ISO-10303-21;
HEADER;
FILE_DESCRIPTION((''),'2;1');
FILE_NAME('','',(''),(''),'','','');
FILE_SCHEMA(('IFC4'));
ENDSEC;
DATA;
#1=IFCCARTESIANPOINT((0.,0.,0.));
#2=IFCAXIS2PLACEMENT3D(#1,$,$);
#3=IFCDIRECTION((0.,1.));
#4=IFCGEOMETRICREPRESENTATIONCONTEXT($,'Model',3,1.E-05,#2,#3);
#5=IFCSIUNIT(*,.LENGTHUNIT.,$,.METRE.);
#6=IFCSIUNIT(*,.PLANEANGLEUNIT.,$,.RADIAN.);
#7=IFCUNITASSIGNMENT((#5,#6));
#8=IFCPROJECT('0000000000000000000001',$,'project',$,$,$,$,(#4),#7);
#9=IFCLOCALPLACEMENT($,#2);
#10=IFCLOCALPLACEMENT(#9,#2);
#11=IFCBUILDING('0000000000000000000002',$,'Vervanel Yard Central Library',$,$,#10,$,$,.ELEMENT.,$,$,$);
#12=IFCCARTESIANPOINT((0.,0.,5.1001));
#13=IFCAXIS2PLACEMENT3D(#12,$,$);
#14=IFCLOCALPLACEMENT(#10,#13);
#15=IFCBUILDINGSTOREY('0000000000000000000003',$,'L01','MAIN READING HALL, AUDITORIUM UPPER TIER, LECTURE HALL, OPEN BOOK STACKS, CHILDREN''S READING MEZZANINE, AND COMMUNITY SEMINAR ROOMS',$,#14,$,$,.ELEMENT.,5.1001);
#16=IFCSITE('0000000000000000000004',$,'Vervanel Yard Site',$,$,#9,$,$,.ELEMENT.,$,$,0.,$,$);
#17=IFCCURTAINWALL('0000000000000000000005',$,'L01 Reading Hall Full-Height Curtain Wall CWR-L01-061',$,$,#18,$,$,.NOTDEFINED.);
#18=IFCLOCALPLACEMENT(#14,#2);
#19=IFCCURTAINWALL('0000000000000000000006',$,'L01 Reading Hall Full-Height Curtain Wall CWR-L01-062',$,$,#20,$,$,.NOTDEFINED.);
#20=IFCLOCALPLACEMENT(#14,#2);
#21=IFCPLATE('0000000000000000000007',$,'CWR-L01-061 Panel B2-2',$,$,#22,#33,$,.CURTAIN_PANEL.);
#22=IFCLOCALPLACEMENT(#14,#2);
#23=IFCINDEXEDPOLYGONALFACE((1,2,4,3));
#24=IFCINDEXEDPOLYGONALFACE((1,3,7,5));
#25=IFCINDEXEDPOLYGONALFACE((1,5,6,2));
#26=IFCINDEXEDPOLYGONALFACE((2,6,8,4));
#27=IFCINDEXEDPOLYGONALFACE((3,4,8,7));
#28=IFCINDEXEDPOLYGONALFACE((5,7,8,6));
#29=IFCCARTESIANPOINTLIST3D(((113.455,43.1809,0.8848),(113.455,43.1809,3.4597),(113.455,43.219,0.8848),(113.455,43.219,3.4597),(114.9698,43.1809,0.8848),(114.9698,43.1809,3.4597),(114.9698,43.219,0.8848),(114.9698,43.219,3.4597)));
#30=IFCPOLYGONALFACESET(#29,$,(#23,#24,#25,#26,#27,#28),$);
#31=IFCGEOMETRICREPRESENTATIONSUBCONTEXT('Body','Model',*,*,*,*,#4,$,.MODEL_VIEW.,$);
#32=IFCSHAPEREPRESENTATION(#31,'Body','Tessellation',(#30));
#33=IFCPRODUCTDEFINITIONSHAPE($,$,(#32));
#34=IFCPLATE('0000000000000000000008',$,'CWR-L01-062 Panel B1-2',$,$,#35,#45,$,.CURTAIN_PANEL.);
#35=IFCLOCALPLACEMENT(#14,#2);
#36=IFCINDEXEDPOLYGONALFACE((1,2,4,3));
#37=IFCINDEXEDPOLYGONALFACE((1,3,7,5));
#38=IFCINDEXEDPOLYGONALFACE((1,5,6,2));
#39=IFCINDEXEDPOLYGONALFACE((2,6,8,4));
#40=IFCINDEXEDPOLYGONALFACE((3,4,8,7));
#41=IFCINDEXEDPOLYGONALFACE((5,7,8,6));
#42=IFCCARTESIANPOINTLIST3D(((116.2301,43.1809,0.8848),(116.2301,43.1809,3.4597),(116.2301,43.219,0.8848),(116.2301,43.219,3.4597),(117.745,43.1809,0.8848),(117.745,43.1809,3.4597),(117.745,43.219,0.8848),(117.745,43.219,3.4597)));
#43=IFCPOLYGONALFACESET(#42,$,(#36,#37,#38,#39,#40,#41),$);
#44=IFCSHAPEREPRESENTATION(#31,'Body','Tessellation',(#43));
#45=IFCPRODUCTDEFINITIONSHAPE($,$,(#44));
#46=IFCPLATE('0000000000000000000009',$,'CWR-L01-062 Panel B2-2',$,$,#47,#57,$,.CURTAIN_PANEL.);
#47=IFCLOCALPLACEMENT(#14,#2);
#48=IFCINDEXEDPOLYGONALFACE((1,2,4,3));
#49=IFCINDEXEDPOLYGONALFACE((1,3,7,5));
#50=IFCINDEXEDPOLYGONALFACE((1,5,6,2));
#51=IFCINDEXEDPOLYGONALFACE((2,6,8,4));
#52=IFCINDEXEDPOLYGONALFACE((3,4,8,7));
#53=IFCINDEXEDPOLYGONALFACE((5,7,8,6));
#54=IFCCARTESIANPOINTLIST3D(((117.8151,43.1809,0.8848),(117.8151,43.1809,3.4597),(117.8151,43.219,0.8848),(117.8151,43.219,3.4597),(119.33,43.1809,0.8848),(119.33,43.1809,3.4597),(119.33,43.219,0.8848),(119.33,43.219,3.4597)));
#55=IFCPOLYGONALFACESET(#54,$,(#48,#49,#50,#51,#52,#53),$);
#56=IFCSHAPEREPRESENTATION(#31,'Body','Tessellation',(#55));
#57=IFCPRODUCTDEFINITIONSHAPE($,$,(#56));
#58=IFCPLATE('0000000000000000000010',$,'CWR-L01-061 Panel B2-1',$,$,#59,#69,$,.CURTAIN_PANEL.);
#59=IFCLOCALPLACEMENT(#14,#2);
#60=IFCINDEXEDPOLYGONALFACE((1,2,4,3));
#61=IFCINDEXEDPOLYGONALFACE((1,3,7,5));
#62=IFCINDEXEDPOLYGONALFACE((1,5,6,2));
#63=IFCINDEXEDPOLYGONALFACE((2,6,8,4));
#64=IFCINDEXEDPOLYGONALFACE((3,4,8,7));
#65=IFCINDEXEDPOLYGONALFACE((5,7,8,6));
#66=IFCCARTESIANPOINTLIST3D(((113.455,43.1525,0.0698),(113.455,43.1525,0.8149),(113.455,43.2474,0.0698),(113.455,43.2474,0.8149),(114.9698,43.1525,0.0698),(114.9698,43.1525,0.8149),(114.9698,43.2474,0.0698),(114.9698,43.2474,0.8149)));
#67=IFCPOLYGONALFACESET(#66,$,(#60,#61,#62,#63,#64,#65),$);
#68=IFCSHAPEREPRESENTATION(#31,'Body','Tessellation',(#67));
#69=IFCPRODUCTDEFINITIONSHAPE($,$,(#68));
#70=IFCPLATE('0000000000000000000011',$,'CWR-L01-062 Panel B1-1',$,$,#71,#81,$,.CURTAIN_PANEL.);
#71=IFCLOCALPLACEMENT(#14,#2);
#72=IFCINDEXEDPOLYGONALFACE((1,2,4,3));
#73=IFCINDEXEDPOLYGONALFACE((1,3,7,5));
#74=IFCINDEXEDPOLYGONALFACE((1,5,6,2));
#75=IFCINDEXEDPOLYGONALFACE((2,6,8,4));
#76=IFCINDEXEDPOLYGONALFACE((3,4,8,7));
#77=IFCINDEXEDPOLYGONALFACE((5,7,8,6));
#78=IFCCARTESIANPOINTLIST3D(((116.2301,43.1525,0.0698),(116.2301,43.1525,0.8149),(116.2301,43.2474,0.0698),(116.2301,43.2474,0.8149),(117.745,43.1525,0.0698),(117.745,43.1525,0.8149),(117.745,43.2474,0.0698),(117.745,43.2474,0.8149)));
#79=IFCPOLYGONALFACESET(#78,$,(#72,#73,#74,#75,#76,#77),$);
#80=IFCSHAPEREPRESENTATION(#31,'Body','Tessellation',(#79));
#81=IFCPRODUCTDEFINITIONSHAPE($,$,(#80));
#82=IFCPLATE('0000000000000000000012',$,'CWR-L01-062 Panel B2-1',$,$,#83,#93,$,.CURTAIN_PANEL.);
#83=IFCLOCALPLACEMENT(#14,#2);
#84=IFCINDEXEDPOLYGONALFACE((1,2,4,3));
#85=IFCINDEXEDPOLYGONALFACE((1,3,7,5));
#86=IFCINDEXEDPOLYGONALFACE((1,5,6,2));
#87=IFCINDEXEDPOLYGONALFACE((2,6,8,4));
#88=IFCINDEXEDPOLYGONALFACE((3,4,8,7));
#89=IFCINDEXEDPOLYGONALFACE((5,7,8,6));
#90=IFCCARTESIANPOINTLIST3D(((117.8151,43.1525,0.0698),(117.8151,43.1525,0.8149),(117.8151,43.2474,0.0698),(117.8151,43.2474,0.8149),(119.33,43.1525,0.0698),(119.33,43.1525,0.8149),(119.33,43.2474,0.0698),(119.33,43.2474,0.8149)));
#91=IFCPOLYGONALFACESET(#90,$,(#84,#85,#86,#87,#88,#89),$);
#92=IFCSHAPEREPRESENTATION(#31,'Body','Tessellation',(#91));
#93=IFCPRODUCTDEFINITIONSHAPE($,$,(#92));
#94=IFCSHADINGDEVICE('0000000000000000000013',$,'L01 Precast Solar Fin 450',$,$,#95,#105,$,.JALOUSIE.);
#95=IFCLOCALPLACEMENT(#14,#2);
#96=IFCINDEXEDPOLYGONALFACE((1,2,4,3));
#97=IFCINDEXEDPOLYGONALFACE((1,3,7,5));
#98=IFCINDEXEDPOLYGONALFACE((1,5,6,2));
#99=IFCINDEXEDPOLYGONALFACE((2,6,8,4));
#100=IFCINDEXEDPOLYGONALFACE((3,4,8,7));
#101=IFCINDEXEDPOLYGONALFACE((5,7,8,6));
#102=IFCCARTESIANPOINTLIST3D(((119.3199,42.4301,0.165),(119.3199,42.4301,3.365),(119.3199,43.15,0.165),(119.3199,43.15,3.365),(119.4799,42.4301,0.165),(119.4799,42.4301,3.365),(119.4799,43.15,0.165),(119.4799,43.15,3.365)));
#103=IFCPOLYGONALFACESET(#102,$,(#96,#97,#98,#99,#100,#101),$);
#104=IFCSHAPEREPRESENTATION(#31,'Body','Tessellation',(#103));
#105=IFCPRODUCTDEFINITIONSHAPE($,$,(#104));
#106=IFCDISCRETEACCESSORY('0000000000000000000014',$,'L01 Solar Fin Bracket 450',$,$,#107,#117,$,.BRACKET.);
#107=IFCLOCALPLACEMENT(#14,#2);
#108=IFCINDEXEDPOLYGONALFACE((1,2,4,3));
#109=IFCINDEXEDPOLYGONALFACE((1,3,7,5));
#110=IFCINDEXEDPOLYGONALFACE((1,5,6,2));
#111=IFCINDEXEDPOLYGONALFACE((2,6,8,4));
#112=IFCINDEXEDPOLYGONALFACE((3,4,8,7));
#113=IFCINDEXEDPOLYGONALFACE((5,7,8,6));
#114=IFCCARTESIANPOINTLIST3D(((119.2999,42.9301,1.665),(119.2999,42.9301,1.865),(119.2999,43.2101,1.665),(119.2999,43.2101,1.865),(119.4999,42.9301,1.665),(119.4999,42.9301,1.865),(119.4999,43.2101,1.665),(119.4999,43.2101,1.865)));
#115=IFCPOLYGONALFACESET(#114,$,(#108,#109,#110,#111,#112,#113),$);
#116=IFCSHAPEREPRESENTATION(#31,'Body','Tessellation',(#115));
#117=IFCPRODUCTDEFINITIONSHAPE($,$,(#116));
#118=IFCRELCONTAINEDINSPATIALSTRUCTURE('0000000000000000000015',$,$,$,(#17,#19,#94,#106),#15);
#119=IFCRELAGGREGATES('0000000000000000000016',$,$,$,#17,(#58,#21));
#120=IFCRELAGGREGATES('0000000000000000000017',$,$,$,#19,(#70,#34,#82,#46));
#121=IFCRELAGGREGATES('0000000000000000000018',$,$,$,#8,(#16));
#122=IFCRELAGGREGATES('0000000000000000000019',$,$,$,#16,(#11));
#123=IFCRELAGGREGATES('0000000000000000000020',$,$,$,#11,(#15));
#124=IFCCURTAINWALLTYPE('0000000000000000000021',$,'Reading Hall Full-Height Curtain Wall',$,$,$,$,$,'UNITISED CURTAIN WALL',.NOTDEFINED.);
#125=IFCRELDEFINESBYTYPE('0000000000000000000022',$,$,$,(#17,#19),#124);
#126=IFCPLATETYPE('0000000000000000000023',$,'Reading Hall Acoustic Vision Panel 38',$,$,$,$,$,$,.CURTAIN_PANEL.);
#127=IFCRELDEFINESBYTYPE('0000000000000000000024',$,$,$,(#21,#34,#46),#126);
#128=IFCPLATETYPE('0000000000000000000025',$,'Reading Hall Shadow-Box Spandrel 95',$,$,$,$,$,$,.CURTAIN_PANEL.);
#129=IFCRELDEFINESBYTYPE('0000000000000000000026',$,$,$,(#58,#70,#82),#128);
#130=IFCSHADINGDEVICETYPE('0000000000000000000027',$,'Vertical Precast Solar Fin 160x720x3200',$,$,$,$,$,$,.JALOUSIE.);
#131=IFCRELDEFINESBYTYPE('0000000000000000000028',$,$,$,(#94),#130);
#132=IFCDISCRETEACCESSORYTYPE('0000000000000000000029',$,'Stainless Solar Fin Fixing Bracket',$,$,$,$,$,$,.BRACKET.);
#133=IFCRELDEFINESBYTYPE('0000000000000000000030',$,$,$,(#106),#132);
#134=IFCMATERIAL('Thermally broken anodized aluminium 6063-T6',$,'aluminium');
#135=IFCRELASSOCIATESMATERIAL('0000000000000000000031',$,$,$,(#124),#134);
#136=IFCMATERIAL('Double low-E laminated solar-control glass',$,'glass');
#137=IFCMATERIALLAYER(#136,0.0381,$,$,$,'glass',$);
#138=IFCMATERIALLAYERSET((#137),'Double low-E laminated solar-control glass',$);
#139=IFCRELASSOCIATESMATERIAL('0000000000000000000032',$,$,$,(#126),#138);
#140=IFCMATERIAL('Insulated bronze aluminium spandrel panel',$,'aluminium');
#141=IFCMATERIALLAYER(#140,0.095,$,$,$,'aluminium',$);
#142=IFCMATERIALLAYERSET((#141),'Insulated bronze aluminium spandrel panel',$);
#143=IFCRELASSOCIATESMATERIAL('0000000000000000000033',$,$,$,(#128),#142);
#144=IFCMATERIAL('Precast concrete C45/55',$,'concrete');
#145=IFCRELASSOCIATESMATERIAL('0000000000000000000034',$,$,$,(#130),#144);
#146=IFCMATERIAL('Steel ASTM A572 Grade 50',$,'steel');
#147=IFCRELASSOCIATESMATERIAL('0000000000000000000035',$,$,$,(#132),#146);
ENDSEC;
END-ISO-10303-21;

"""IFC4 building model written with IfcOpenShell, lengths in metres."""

from ifc_helpers import new_model, si_unit, direction, frame, origin, origin_2d, place, context, subcontext, project, spatial, rectangle, extrude, material, layer, layer_set, type_object, element, aggregate, save


model = new_model("IFC4")

# Units and contexts
model_context = context("Model", 3, precision=1e-05, world=origin(), true_north=direction((0.0, 1.0)))
body_context = subcontext(model_context, "Body", "Model", "MODEL_VIEW")
ifc_project = project(units=[si_unit("LENGTHUNIT", "METRE"), si_unit("PLANEANGLEUNIT", "RADIAN")], contexts=[model_context])

# Site, building, storey
site_placement = place(None, origin())
site = spatial("IfcSite", under=ifc_project, at=site_placement, Name="Vervanel Yard Site", CompositionType="ELEMENT", RefElevation=0.0)
building_placement = place(site_placement, origin())
building = spatial("IfcBuilding", under=site, at=building_placement, Name="Vervanel Yard Central Library", CompositionType="ELEMENT")
storey_placement = place(building_placement, frame((0.0, 0.0, 5.1001)))
storey = spatial("IfcBuildingStorey", under=building, at=storey_placement, Name="L01", Description="MAIN READING HALL, AUDITORIUM UPPER TIER, LECTURE HALL, OPEN BOOK STACKS, CHILDREN'S READING MEZZANINE, AND COMMUNITY SEMINAR ROOMS", CompositionType="ELEMENT", Elevation=5.1001)

# Curtain wall
ifc_material_1 = material(Name="Thermally broken anodized aluminium 6063-T6", Category="aluminium")
curtain_wall_type = type_object("IfcCurtainWallType", Name="Reading Hall Full-Height Curtain Wall", ElementType="UNITISED CURTAIN WALL", PredefinedType="NOTDEFINED", material=ifc_material_1)
curtain_wall_1_placement = place(storey_placement, origin())
curtain_wall_1 = element("IfcCurtainWall", 1, at=curtain_wall_1_placement, inside=storey, type_object=curtain_wall_type, Name="L01 Reading Hall Full-Height Curtain Wall CWR-L01-061", PredefinedType="NOTDEFINED")

# Curtain wall
curtain_wall_2_placement = place(storey_placement, origin())
curtain_wall_2 = element("IfcCurtainWall", 2, at=curtain_wall_2_placement, inside=storey, type_object=curtain_wall_type, Name="L01 Reading Hall Full-Height Curtain Wall CWR-L01-062", PredefinedType="NOTDEFINED")

# Plates
ifc_material_2 = material(Name="Double low-E laminated solar-control glass", Category="glass")
ifc_layer_1 = layer(ifc_material_2, 0.0381, Category="glass")
ifc_layer_set_1 = layer_set([ifc_layer_1], Name="Double low-E laminated solar-control glass")
plate_type_1 = type_object("IfcPlateType", Name="Reading Hall Acoustic Vision Panel 38", PredefinedType="CURTAIN_PANEL", material=ifc_layer_set_1)
plate_1_placement = place(storey_placement, frame((114.2124, 43.2, 0.8848), z_axis=(0.0, 0.0, 1.0), x_axis=(1.0, 0.0, 0.0)))
plate_1 = element("IfcPlate", 3, at=plate_1_placement, type_object=plate_type_1, Name="CWR-L01-061 Panel B2-2", PredefinedType="CURTAIN_PANEL", context=body_context, shape_type="SweptSolid", body=[
    extrude(rectangle(XDim=1.5149, YDim=0.0381, at=origin_2d()), origin(), (0.0, 0.0, 1.0), 2.575),
])
plate_2_placement = place(storey_placement, frame((116.9875, 43.2, 0.8848), z_axis=(0.0, 0.0, 1.0), x_axis=(1.0, 0.0, 0.0)))
plate_2 = element("IfcPlate", 4, at=plate_2_placement, type_object=plate_type_1, Name="CWR-L01-062 Panel B1-2", PredefinedType="CURTAIN_PANEL", context=body_context, shape_type="SweptSolid", body=[
    extrude(rectangle(XDim=1.5149, YDim=0.0381, at=origin_2d()), origin(), (0.0, 0.0, 1.0), 2.575),
])
plate_3_placement = place(storey_placement, frame((118.5725, 43.2, 0.8848), z_axis=(0.0, 0.0, 1.0), x_axis=(1.0, 0.0, 0.0)))
plate_3 = element("IfcPlate", 5, at=plate_3_placement, type_object=plate_type_1, Name="CWR-L01-062 Panel B2-2", PredefinedType="CURTAIN_PANEL", context=body_context, shape_type="SweptSolid", body=[
    extrude(rectangle(XDim=1.5149, YDim=0.0381, at=origin_2d()), origin(), (0.0, 0.0, 1.0), 2.575),
])
ifc_material_3 = material(Name="Insulated bronze aluminium spandrel panel", Category="aluminium")
ifc_layer_2 = layer(ifc_material_3, 0.095, Category="aluminium")
ifc_layer_set_2 = layer_set([ifc_layer_2], Name="Insulated bronze aluminium spandrel panel")
plate_type_2 = type_object("IfcPlateType", Name="Reading Hall Shadow-Box Spandrel 95", PredefinedType="CURTAIN_PANEL", material=ifc_layer_set_2)
plate_4_placement = place(storey_placement, frame((114.2124, 43.2, 0.0698), z_axis=(0.0, 0.0, 1.0), x_axis=(1.0, 0.0, 0.0)))
plate_4 = element("IfcPlate", 6, at=plate_4_placement, type_object=plate_type_2, Name="CWR-L01-061 Panel B2-1", PredefinedType="CURTAIN_PANEL", context=body_context, shape_type="SweptSolid", body=[
    extrude(rectangle(XDim=1.5149, YDim=0.095, at=origin_2d()), origin(), (0.0, 0.0, 1.0), 0.7451),
])
aggregate(curtain_wall_1, [plate_4, plate_1])
plate_5_placement = place(storey_placement, frame((116.9875, 43.2, 0.0698), z_axis=(0.0, 0.0, 1.0), x_axis=(1.0, 0.0, 0.0)))
plate_5 = element("IfcPlate", 7, at=plate_5_placement, type_object=plate_type_2, Name="CWR-L01-062 Panel B1-1", PredefinedType="CURTAIN_PANEL", context=body_context, shape_type="SweptSolid", body=[
    extrude(rectangle(XDim=1.5149, YDim=0.095, at=origin_2d()), origin(), (0.0, 0.0, 1.0), 0.7451),
])
plate_6_placement = place(storey_placement, frame((118.5725, 43.2, 0.0698), z_axis=(0.0, 0.0, 1.0), x_axis=(1.0, 0.0, 0.0)))
plate_6 = element("IfcPlate", 8, at=plate_6_placement, type_object=plate_type_2, Name="CWR-L01-062 Panel B2-1", PredefinedType="CURTAIN_PANEL", context=body_context, shape_type="SweptSolid", body=[
    extrude(rectangle(XDim=1.5149, YDim=0.095, at=origin_2d()), origin(), (0.0, 0.0, 1.0), 0.7451),
])
aggregate(curtain_wall_2, [plate_5, plate_2, plate_6, plate_3])

# Shading device
ifc_material_4 = material(Name="Precast concrete C45/55", Category="concrete")
shading_device_type = type_object("IfcShadingDeviceType", Name="Vertical Precast Solar Fin 160x720x3200", PredefinedType="JALOUSIE", material=ifc_material_4)
shading_device_placement = place(storey_placement, frame((119.3999, 42.79, 0.165), z_axis=(0.0, 0.0, 1.0), x_axis=(1.0, 0.0, 0.0)))
element("IfcShadingDevice", 9, at=shading_device_placement, inside=storey, type_object=shading_device_type, Name="L01 Precast Solar Fin 450", PredefinedType="JALOUSIE", context=body_context, shape_type="SweptSolid", body=[
    extrude(rectangle(XDim=0.1599, YDim=0.72, at=origin_2d()), origin(), (0.0, 0.0, 1.0), 3.2),
])

# Discrete accessory
ifc_material_5 = material(Name="Steel ASTM A572 Grade 50", Category="steel")
discrete_accessory_type = type_object("IfcDiscreteAccessoryType", Name="Stainless Solar Fin Fixing Bracket", PredefinedType="BRACKET", material=ifc_material_5)
discrete_accessory_placement = place(storey_placement, frame((119.3999, 43.0701, 1.665), z_axis=(0.0, 0.0, 1.0), x_axis=(1.0, 0.0, 0.0)))
element("IfcDiscreteAccessory", 10, at=discrete_accessory_placement, inside=storey, type_object=discrete_accessory_type, Name="L01 Solar Fin Bracket 450", PredefinedType="BRACKET", context=body_context, shape_type="SweptSolid", body=[
    extrude(rectangle(XDim=0.2, YDim=0.28, at=origin_2d()), origin(), (0.0, 0.0, 1.0), 0.2),
])

save(model, "model.ifc")
